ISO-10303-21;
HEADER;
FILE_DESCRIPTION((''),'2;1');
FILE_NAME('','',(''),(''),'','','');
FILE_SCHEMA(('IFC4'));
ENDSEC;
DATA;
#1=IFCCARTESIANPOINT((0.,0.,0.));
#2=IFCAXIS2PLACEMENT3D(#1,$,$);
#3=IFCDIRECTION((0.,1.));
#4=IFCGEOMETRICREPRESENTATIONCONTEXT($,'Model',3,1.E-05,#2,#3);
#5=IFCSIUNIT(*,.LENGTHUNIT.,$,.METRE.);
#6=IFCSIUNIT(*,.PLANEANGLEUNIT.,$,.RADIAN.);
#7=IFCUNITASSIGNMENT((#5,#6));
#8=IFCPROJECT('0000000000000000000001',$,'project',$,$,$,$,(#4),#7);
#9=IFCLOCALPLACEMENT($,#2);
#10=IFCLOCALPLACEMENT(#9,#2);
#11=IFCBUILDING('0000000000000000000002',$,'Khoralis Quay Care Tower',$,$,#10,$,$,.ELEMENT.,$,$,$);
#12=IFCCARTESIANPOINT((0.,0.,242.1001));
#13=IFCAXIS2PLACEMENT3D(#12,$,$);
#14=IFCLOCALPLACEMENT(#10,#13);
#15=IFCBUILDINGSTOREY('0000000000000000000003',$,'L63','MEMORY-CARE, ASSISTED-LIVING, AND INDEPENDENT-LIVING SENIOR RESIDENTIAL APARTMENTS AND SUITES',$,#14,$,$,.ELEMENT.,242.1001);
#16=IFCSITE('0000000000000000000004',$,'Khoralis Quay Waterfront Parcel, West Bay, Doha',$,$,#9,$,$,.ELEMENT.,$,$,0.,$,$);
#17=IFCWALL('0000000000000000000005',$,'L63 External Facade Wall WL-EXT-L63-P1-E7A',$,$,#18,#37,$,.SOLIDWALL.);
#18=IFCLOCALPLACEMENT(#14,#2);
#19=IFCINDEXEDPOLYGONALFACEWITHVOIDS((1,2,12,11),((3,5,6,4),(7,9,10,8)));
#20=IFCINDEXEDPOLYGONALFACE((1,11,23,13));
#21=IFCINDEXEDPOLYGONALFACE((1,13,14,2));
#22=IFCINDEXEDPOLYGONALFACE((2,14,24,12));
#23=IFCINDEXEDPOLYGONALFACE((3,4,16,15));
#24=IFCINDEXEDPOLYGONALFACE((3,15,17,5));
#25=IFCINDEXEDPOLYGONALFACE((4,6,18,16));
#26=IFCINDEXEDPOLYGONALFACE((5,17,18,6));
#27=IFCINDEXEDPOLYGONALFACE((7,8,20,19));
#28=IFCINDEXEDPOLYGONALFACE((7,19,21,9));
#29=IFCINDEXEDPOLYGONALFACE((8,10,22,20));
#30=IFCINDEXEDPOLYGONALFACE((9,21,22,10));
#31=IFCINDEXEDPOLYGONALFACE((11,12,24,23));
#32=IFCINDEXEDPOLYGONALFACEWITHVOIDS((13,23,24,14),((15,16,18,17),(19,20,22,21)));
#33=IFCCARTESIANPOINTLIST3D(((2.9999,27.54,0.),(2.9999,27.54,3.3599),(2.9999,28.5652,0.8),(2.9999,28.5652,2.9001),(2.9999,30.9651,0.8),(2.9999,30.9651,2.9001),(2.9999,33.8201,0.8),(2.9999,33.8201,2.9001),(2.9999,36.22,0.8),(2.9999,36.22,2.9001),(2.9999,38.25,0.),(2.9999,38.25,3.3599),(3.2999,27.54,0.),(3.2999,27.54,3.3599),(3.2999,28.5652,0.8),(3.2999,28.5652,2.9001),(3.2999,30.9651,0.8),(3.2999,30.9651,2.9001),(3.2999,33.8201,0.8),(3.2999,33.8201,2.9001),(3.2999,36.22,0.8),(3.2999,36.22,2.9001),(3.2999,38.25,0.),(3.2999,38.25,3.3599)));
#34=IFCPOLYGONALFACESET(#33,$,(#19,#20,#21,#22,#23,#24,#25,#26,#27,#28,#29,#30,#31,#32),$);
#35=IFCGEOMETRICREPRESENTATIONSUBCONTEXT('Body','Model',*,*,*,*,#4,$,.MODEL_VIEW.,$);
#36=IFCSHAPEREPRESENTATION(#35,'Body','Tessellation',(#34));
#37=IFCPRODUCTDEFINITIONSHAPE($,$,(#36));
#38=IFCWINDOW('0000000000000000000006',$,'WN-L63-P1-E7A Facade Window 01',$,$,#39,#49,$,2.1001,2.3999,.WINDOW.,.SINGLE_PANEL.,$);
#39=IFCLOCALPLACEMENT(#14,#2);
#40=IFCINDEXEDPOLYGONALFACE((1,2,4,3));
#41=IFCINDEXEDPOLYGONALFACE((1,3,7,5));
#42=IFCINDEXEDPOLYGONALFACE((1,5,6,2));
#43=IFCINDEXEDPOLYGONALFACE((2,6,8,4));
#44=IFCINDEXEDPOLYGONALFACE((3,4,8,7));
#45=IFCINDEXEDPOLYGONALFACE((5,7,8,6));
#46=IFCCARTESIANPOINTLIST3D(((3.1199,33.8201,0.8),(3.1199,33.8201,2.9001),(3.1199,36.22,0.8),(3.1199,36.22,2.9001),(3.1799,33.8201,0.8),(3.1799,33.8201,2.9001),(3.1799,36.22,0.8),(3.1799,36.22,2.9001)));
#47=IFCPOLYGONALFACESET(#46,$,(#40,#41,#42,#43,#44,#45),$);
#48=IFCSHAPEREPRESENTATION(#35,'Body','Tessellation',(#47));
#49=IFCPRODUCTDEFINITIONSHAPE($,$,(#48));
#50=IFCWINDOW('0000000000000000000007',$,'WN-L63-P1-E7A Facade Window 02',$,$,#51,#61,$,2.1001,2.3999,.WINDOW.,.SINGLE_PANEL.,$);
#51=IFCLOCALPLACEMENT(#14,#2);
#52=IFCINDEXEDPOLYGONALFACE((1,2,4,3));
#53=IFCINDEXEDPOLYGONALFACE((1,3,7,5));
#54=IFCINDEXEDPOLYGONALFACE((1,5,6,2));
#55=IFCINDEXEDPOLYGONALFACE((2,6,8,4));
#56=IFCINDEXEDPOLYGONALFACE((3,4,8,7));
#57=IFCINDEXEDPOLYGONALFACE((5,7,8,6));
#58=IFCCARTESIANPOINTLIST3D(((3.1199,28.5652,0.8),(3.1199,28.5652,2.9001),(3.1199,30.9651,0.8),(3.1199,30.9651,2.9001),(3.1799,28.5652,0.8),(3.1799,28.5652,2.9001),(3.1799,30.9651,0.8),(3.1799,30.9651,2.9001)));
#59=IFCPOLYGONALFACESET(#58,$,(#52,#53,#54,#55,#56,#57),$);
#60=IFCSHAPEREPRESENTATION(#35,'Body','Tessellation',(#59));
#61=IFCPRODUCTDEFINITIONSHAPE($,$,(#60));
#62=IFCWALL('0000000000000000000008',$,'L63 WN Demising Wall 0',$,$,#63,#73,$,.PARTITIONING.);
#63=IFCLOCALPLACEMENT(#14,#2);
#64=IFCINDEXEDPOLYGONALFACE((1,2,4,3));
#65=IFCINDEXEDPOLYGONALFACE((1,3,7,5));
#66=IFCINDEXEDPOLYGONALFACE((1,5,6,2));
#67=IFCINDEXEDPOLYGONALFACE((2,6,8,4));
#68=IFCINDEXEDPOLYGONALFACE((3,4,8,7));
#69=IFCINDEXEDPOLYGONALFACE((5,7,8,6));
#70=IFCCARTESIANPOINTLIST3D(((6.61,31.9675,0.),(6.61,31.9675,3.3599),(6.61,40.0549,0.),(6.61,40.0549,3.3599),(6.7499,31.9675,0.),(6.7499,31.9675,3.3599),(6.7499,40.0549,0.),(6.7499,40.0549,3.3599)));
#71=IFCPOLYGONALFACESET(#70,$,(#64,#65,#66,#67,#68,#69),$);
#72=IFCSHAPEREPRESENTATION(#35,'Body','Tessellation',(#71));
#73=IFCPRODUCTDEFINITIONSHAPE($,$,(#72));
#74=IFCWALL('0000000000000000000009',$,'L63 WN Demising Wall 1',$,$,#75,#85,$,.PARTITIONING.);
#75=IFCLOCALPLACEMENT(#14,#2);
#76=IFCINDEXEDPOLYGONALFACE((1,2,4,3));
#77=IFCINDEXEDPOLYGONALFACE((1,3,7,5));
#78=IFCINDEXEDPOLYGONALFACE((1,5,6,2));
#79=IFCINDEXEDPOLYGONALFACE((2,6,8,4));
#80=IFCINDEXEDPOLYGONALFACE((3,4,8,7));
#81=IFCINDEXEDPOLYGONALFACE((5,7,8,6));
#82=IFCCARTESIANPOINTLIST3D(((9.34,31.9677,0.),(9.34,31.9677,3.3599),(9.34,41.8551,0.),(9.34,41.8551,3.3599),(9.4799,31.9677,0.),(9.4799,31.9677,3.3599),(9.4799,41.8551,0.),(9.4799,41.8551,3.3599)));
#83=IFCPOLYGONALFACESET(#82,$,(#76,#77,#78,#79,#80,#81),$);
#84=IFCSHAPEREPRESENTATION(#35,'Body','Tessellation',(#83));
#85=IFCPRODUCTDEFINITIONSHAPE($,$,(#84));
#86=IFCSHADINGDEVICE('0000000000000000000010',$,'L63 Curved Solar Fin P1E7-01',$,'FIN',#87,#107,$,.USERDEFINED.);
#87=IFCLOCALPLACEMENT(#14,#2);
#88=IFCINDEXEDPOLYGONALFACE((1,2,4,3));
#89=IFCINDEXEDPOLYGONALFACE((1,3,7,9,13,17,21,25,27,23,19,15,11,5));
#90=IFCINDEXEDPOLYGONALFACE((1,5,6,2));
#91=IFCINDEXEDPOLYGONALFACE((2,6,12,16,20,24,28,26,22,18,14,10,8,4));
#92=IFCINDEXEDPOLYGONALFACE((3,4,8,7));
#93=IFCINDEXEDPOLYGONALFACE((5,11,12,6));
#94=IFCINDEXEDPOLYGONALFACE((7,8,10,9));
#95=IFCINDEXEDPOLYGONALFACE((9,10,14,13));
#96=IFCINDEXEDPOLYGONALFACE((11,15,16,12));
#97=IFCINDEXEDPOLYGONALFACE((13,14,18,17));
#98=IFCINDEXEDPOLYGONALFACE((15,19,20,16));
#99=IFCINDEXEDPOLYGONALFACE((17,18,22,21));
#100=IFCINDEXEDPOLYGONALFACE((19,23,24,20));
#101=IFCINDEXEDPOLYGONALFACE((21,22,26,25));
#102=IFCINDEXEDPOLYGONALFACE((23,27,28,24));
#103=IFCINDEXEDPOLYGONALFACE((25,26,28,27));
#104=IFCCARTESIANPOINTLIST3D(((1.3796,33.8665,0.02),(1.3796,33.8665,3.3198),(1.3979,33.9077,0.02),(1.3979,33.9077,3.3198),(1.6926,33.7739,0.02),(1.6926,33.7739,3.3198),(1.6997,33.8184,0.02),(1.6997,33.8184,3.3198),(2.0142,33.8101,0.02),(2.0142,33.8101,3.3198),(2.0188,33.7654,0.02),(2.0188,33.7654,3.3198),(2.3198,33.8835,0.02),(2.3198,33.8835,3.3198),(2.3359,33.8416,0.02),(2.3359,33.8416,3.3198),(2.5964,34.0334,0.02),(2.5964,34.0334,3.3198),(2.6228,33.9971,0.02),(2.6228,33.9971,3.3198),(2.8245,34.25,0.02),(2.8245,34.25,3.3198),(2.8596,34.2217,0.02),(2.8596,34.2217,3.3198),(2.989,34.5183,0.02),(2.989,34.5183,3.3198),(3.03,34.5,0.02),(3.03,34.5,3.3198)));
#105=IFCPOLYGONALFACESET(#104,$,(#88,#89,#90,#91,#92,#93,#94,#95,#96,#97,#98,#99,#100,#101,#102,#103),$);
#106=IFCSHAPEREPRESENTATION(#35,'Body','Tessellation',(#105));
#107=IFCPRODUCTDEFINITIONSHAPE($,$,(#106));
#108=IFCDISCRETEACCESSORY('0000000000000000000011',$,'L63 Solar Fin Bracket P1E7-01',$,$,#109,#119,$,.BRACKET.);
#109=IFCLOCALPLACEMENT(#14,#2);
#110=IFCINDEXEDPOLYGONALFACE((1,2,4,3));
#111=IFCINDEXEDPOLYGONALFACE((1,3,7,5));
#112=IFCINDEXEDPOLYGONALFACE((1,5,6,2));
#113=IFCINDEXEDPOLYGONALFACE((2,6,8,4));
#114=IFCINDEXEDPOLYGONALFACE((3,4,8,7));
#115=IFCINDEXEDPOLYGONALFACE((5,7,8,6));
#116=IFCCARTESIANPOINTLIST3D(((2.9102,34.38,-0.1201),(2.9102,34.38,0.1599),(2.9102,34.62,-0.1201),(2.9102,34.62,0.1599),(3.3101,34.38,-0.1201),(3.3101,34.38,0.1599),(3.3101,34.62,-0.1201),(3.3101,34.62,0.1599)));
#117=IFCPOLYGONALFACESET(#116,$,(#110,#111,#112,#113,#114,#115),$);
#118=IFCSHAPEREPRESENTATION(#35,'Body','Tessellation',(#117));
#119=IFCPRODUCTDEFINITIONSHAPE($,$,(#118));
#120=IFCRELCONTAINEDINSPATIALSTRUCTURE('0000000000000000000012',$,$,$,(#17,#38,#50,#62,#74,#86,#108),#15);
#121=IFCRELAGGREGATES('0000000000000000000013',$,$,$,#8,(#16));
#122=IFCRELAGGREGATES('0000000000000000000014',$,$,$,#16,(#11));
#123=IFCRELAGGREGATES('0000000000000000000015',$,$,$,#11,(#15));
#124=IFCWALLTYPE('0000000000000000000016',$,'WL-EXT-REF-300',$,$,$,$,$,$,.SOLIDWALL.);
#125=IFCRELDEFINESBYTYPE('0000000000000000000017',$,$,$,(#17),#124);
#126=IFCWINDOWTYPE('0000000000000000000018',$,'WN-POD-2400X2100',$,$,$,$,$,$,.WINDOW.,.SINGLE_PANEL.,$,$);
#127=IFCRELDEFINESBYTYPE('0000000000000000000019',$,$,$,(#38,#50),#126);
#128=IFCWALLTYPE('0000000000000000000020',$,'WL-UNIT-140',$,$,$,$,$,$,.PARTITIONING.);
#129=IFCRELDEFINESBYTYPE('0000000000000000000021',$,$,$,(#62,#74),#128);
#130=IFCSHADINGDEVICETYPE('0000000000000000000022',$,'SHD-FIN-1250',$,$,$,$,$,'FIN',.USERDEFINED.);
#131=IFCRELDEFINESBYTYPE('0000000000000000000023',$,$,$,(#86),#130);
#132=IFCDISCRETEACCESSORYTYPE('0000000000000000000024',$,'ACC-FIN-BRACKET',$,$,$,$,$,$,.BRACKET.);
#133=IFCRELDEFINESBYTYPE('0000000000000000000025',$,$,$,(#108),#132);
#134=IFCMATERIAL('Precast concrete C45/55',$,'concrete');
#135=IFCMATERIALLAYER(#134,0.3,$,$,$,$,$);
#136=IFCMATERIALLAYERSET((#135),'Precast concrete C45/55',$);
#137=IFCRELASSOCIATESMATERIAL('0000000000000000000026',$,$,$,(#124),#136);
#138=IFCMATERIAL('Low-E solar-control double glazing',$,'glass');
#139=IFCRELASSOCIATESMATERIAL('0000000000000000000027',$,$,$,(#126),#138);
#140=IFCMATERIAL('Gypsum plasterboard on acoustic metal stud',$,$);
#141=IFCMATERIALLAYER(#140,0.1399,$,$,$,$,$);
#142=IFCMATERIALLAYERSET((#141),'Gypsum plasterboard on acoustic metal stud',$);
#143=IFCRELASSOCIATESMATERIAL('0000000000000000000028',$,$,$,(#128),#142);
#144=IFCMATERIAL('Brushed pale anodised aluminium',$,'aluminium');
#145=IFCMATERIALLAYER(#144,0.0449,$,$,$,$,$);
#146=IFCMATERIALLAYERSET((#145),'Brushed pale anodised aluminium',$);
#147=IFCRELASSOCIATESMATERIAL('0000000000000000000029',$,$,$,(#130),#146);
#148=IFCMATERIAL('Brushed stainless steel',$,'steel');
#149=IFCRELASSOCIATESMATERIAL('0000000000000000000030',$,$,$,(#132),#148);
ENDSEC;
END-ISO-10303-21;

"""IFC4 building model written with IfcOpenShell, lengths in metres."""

from ifc_helpers import new_model, si_unit, direction, frame, frame_2d, origin, origin_2d, place, context, subcontext, project, spatial, polyline, rectangle, outline, extrude, source, transform, mapped, material, layer, layer_set, type_object, element, fill, save


model = new_model("IFC4")

# Units and contexts
model_context = context("Model", 3, precision=1e-05, world=origin(), true_north=direction((0.0, 1.0)))
body_context = subcontext(model_context, "Body", "Model", "MODEL_VIEW")
ifc_project = project(units=[si_unit("LENGTHUNIT", "METRE"), si_unit("PLANEANGLEUNIT", "RADIAN")], contexts=[model_context])

# Site, building, storey
site_placement = place(None, origin())
site = spatial("IfcSite", under=ifc_project, at=site_placement, Name="Khoralis Quay Waterfront Parcel, West Bay, Doha", CompositionType="ELEMENT", RefElevation=0.0)
building_placement = place(site_placement, origin())
building = spatial("IfcBuilding", under=site, at=building_placement, Name="Khoralis Quay Care Tower", CompositionType="ELEMENT")
storey_placement = place(building_placement, frame((0.0, 0.0, 242.1001)))
storey = spatial("IfcBuildingStorey", under=building, at=storey_placement, Name="L63", Description="MEMORY-CARE, ASSISTED-LIVING, AND INDEPENDENT-LIVING SENIOR RESIDENTIAL APARTMENTS AND SUITES", CompositionType="ELEMENT", Elevation=242.1001)

# Shared definitions
ifc_material_1 = material(Name="Gypsum plasterboard on acoustic metal stud")

# Shared definitions
ifc_material_2 = material(Name="Precast concrete C45/55", Category="concrete")
ifc_layer_1 = layer(ifc_material_2, 0.3)
ifc_layer_set_1 = layer_set([ifc_layer_1], Name="Precast concrete C45/55")
wall_type_1 = type_object("IfcWallType", Name="WL-EXT-REF-300", PredefinedType="SOLIDWALL", material=ifc_layer_set_1)

# Wall, openings, windows
wall_1_placement = place(storey_placement, frame((3.1499, 38.25, 0.0), z_axis=(0.0, 0.0, 1.0), x_axis=(0.0, -1.0, 0.0)))
wall_1 = element("IfcWall", 1, at=wall_1_placement, inside=storey, type_object=wall_type_1, Name="L63 External Facade Wall WL-EXT-L63-P1-E7A", PredefinedType="SOLIDWALL", context=body_context, shape_type="SweptSolid", body=[
    extrude(rectangle(XDim=10.71, YDim=0.3, at=frame_2d((5.355, 0.0))), origin(), (0.0, 0.0, 1.0), 3.3599),
])
opening_1_placement = place(wall_1_placement, frame((2.03, 0.0, 0.8)))
opening_1 = element("IfcOpeningElement", 2, at=opening_1_placement, cuts=wall_1, PredefinedType="OPENING", context=body_context, shape_type="SweptSolid", body=[
    extrude(rectangle(XDim=2.3999, YDim=2.1001, at=frame_2d((1.2, 1.05))), frame((0.0, 0.1602, 0.0), z_axis=(0.0, -1.0, 0.0), x_axis=(1.0, 0.0, 0.0)), (0.0, 0.0, 1.0), 0.3201),
])
opening_2_placement = place(wall_1_placement, frame((7.2849, 0.0, 0.8)))
opening_2 = element("IfcOpeningElement", 3, at=opening_2_placement, cuts=wall_1, PredefinedType="OPENING", context=body_context, shape_type="SweptSolid", body=[
    extrude(rectangle(XDim=2.3999, YDim=2.1001, at=frame_2d((1.2, 1.05))), frame((0.0, 0.1602, 0.0), z_axis=(0.0, -1.0, 0.0), x_axis=(1.0, 0.0, 0.0)), (0.0, 0.0, 1.0), 0.3201),
])
ifc_material_3 = material(Name="Low-E solar-control double glazing", Category="glass")
window_type = type_object("IfcWindowType", Name="WN-POD-2400X2100", PartitioningType="SINGLE_PANEL", PredefinedType="WINDOW", material=ifc_material_3)
shared_shape_1 = source(origin(), body_context, "Body", "SweptSolid", [
    extrude(rectangle(XDim=2.3999, YDim=2.1001, at=frame_2d((1.2, 1.05))), frame((0.0, 0.03, 0.0), z_axis=(0.0, -1.0, 0.0), x_axis=(1.0, 0.0, 0.0)), (0.0, 0.0, 1.0), 0.0601),
])
window_1_placement = place(opening_1_placement, origin())
window_1 = element("IfcWindow", 4, at=window_1_placement, inside=storey, type_object=window_type, Name="WN-L63-P1-E7A Facade Window 01", OverallHeight=2.1001, OverallWidth=2.3999, PartitioningType="SINGLE_PANEL", PredefinedType="WINDOW", context=body_context, shape_type="MappedRepresentation", body=[
    mapped(shared_shape_1, transform((0.0, 0.0, 0.0), scale=1.0)),
])
fill(opening_1, window_1)
window_2_placement = place(opening_2_placement, origin())
window_2 = element("IfcWindow", 5, at=window_2_placement, inside=storey, type_object=window_type, Name="WN-L63-P1-E7A Facade Window 02", OverallHeight=2.1001, OverallWidth=2.3999, PartitioningType="SINGLE_PANEL", PredefinedType="WINDOW", context=body_context, shape_type="MappedRepresentation", body=[
    mapped(shared_shape_1, transform((0.0, 0.0, 0.0), scale=1.0)),
])
fill(opening_2, window_2)

# Walls
ifc_layer_2 = layer(ifc_material_1, 0.1399)
ifc_layer_set_2 = layer_set([ifc_layer_2], Name="Gypsum plasterboard on acoustic metal stud")
wall_type_2 = type_object("IfcWallType", Name="WL-UNIT-140", PredefinedType="PARTITIONING", material=ifc_layer_set_2)
wall_2_placement = place(storey_placement, frame((6.6799, 31.9675, 0.0), z_axis=(0.0, 0.0, 1.0), x_axis=(0.0, 1.0, 0.0)))
element("IfcWall", 6, at=wall_2_placement, inside=storey, type_object=wall_type_2, Name="L63 WN Demising Wall 0", PredefinedType="PARTITIONING", context=body_context, shape_type="SweptSolid", body=[
    extrude(rectangle(XDim=8.0874, YDim=0.1399, at=frame_2d((4.0437, 0.0))), origin(), (0.0, 0.0, 1.0), 3.3599),
])
wall_3_placement = place(storey_placement, frame((9.4099, 31.9675, 0.0), z_axis=(0.0, 0.0, 1.0), x_axis=(0.0, 1.0, 0.0)))
element("IfcWall", 7, at=wall_3_placement, inside=storey, type_object=wall_type_2, Name="L63 WN Demising Wall 1", PredefinedType="PARTITIONING", context=body_context, shape_type="SweptSolid", body=[
    extrude(rectangle(XDim=9.8875, YDim=0.1399, at=frame_2d((4.9438, 0.0))), origin(), (0.0, 0.0, 1.0), 3.3599),
])

# Shading device
ifc_material_4 = material(Name="Brushed pale anodised aluminium", Category="aluminium")
ifc_layer_3 = layer(ifc_material_4, 0.0449)
ifc_layer_set_3 = layer_set([ifc_layer_3], Name="Brushed pale anodised aluminium")
shading_device_type = type_object("IfcShadingDeviceType", Name="SHD-FIN-1250", ElementType="FIN", PredefinedType="USERDEFINED", material=ifc_layer_set_3)
shared_shape_2 = source(origin(), body_context, "Body", "SweptSolid", [
    extrude(outline(polyline([(0.0, 0.0), (0.1704, 0.2783), (0.4072, 0.5029), (0.6941, 0.6584), (1.0112, 0.7346), (1.3374, 0.7261), (1.6504, 0.6335), (1.6321, 0.5923), (1.3303, 0.6816), (1.0159, 0.6899), (0.7102, 0.6165), (0.4336, 0.4666), (0.2056, 0.25), (0.041, -0.0183), (0.0, 0.0)])), origin(), (0.0, 0.0, 1.0), 3.2998),
])
shading_device_placement = place(storey_placement, frame((3.03, 34.5, 0.02), z_axis=(0.0, 0.0, 1.0), x_axis=(-1.0, 0.0, 0.0)))
element("IfcShadingDevice", 8, at=shading_device_placement, inside=storey, type_object=shading_device_type, Name="L63 Curved Solar Fin P1E7-01", ObjectType="FIN", PredefinedType="USERDEFINED", context=body_context, shape_type="MappedRepresentation", body=[
    mapped(shared_shape_2, transform((0.0, 0.0, 0.0), scale=1.0)),
])

# Discrete accessory
ifc_material_5 = material(Name="Brushed stainless steel", Category="steel")
discrete_accessory_type = type_object("IfcDiscreteAccessoryType", Name="ACC-FIN-BRACKET", PredefinedType="BRACKET", material=ifc_material_5)
shared_shape_3 = source(origin(), body_context, "Body", "SweptSolid", [
    extrude(rectangle(XDim=0.3999, YDim=0.24, at=origin_2d()), origin(), (0.0, 0.0, 1.0), 0.28),
])
discrete_accessory_placement = place(storey_placement, frame((3.1101, 34.5, -0.1201), z_axis=(0.0, 0.0, 1.0), x_axis=(-1.0, 0.0, 0.0)))
element("IfcDiscreteAccessory", 9, at=discrete_accessory_placement, inside=storey, type_object=discrete_accessory_type, Name="L63 Solar Fin Bracket P1E7-01", PredefinedType="BRACKET", context=body_context, shape_type="MappedRepresentation", body=[
    mapped(shared_shape_3, transform((0.0, 0.0, 0.0), scale=1.0)),
])

save(model, "model.ifc")
